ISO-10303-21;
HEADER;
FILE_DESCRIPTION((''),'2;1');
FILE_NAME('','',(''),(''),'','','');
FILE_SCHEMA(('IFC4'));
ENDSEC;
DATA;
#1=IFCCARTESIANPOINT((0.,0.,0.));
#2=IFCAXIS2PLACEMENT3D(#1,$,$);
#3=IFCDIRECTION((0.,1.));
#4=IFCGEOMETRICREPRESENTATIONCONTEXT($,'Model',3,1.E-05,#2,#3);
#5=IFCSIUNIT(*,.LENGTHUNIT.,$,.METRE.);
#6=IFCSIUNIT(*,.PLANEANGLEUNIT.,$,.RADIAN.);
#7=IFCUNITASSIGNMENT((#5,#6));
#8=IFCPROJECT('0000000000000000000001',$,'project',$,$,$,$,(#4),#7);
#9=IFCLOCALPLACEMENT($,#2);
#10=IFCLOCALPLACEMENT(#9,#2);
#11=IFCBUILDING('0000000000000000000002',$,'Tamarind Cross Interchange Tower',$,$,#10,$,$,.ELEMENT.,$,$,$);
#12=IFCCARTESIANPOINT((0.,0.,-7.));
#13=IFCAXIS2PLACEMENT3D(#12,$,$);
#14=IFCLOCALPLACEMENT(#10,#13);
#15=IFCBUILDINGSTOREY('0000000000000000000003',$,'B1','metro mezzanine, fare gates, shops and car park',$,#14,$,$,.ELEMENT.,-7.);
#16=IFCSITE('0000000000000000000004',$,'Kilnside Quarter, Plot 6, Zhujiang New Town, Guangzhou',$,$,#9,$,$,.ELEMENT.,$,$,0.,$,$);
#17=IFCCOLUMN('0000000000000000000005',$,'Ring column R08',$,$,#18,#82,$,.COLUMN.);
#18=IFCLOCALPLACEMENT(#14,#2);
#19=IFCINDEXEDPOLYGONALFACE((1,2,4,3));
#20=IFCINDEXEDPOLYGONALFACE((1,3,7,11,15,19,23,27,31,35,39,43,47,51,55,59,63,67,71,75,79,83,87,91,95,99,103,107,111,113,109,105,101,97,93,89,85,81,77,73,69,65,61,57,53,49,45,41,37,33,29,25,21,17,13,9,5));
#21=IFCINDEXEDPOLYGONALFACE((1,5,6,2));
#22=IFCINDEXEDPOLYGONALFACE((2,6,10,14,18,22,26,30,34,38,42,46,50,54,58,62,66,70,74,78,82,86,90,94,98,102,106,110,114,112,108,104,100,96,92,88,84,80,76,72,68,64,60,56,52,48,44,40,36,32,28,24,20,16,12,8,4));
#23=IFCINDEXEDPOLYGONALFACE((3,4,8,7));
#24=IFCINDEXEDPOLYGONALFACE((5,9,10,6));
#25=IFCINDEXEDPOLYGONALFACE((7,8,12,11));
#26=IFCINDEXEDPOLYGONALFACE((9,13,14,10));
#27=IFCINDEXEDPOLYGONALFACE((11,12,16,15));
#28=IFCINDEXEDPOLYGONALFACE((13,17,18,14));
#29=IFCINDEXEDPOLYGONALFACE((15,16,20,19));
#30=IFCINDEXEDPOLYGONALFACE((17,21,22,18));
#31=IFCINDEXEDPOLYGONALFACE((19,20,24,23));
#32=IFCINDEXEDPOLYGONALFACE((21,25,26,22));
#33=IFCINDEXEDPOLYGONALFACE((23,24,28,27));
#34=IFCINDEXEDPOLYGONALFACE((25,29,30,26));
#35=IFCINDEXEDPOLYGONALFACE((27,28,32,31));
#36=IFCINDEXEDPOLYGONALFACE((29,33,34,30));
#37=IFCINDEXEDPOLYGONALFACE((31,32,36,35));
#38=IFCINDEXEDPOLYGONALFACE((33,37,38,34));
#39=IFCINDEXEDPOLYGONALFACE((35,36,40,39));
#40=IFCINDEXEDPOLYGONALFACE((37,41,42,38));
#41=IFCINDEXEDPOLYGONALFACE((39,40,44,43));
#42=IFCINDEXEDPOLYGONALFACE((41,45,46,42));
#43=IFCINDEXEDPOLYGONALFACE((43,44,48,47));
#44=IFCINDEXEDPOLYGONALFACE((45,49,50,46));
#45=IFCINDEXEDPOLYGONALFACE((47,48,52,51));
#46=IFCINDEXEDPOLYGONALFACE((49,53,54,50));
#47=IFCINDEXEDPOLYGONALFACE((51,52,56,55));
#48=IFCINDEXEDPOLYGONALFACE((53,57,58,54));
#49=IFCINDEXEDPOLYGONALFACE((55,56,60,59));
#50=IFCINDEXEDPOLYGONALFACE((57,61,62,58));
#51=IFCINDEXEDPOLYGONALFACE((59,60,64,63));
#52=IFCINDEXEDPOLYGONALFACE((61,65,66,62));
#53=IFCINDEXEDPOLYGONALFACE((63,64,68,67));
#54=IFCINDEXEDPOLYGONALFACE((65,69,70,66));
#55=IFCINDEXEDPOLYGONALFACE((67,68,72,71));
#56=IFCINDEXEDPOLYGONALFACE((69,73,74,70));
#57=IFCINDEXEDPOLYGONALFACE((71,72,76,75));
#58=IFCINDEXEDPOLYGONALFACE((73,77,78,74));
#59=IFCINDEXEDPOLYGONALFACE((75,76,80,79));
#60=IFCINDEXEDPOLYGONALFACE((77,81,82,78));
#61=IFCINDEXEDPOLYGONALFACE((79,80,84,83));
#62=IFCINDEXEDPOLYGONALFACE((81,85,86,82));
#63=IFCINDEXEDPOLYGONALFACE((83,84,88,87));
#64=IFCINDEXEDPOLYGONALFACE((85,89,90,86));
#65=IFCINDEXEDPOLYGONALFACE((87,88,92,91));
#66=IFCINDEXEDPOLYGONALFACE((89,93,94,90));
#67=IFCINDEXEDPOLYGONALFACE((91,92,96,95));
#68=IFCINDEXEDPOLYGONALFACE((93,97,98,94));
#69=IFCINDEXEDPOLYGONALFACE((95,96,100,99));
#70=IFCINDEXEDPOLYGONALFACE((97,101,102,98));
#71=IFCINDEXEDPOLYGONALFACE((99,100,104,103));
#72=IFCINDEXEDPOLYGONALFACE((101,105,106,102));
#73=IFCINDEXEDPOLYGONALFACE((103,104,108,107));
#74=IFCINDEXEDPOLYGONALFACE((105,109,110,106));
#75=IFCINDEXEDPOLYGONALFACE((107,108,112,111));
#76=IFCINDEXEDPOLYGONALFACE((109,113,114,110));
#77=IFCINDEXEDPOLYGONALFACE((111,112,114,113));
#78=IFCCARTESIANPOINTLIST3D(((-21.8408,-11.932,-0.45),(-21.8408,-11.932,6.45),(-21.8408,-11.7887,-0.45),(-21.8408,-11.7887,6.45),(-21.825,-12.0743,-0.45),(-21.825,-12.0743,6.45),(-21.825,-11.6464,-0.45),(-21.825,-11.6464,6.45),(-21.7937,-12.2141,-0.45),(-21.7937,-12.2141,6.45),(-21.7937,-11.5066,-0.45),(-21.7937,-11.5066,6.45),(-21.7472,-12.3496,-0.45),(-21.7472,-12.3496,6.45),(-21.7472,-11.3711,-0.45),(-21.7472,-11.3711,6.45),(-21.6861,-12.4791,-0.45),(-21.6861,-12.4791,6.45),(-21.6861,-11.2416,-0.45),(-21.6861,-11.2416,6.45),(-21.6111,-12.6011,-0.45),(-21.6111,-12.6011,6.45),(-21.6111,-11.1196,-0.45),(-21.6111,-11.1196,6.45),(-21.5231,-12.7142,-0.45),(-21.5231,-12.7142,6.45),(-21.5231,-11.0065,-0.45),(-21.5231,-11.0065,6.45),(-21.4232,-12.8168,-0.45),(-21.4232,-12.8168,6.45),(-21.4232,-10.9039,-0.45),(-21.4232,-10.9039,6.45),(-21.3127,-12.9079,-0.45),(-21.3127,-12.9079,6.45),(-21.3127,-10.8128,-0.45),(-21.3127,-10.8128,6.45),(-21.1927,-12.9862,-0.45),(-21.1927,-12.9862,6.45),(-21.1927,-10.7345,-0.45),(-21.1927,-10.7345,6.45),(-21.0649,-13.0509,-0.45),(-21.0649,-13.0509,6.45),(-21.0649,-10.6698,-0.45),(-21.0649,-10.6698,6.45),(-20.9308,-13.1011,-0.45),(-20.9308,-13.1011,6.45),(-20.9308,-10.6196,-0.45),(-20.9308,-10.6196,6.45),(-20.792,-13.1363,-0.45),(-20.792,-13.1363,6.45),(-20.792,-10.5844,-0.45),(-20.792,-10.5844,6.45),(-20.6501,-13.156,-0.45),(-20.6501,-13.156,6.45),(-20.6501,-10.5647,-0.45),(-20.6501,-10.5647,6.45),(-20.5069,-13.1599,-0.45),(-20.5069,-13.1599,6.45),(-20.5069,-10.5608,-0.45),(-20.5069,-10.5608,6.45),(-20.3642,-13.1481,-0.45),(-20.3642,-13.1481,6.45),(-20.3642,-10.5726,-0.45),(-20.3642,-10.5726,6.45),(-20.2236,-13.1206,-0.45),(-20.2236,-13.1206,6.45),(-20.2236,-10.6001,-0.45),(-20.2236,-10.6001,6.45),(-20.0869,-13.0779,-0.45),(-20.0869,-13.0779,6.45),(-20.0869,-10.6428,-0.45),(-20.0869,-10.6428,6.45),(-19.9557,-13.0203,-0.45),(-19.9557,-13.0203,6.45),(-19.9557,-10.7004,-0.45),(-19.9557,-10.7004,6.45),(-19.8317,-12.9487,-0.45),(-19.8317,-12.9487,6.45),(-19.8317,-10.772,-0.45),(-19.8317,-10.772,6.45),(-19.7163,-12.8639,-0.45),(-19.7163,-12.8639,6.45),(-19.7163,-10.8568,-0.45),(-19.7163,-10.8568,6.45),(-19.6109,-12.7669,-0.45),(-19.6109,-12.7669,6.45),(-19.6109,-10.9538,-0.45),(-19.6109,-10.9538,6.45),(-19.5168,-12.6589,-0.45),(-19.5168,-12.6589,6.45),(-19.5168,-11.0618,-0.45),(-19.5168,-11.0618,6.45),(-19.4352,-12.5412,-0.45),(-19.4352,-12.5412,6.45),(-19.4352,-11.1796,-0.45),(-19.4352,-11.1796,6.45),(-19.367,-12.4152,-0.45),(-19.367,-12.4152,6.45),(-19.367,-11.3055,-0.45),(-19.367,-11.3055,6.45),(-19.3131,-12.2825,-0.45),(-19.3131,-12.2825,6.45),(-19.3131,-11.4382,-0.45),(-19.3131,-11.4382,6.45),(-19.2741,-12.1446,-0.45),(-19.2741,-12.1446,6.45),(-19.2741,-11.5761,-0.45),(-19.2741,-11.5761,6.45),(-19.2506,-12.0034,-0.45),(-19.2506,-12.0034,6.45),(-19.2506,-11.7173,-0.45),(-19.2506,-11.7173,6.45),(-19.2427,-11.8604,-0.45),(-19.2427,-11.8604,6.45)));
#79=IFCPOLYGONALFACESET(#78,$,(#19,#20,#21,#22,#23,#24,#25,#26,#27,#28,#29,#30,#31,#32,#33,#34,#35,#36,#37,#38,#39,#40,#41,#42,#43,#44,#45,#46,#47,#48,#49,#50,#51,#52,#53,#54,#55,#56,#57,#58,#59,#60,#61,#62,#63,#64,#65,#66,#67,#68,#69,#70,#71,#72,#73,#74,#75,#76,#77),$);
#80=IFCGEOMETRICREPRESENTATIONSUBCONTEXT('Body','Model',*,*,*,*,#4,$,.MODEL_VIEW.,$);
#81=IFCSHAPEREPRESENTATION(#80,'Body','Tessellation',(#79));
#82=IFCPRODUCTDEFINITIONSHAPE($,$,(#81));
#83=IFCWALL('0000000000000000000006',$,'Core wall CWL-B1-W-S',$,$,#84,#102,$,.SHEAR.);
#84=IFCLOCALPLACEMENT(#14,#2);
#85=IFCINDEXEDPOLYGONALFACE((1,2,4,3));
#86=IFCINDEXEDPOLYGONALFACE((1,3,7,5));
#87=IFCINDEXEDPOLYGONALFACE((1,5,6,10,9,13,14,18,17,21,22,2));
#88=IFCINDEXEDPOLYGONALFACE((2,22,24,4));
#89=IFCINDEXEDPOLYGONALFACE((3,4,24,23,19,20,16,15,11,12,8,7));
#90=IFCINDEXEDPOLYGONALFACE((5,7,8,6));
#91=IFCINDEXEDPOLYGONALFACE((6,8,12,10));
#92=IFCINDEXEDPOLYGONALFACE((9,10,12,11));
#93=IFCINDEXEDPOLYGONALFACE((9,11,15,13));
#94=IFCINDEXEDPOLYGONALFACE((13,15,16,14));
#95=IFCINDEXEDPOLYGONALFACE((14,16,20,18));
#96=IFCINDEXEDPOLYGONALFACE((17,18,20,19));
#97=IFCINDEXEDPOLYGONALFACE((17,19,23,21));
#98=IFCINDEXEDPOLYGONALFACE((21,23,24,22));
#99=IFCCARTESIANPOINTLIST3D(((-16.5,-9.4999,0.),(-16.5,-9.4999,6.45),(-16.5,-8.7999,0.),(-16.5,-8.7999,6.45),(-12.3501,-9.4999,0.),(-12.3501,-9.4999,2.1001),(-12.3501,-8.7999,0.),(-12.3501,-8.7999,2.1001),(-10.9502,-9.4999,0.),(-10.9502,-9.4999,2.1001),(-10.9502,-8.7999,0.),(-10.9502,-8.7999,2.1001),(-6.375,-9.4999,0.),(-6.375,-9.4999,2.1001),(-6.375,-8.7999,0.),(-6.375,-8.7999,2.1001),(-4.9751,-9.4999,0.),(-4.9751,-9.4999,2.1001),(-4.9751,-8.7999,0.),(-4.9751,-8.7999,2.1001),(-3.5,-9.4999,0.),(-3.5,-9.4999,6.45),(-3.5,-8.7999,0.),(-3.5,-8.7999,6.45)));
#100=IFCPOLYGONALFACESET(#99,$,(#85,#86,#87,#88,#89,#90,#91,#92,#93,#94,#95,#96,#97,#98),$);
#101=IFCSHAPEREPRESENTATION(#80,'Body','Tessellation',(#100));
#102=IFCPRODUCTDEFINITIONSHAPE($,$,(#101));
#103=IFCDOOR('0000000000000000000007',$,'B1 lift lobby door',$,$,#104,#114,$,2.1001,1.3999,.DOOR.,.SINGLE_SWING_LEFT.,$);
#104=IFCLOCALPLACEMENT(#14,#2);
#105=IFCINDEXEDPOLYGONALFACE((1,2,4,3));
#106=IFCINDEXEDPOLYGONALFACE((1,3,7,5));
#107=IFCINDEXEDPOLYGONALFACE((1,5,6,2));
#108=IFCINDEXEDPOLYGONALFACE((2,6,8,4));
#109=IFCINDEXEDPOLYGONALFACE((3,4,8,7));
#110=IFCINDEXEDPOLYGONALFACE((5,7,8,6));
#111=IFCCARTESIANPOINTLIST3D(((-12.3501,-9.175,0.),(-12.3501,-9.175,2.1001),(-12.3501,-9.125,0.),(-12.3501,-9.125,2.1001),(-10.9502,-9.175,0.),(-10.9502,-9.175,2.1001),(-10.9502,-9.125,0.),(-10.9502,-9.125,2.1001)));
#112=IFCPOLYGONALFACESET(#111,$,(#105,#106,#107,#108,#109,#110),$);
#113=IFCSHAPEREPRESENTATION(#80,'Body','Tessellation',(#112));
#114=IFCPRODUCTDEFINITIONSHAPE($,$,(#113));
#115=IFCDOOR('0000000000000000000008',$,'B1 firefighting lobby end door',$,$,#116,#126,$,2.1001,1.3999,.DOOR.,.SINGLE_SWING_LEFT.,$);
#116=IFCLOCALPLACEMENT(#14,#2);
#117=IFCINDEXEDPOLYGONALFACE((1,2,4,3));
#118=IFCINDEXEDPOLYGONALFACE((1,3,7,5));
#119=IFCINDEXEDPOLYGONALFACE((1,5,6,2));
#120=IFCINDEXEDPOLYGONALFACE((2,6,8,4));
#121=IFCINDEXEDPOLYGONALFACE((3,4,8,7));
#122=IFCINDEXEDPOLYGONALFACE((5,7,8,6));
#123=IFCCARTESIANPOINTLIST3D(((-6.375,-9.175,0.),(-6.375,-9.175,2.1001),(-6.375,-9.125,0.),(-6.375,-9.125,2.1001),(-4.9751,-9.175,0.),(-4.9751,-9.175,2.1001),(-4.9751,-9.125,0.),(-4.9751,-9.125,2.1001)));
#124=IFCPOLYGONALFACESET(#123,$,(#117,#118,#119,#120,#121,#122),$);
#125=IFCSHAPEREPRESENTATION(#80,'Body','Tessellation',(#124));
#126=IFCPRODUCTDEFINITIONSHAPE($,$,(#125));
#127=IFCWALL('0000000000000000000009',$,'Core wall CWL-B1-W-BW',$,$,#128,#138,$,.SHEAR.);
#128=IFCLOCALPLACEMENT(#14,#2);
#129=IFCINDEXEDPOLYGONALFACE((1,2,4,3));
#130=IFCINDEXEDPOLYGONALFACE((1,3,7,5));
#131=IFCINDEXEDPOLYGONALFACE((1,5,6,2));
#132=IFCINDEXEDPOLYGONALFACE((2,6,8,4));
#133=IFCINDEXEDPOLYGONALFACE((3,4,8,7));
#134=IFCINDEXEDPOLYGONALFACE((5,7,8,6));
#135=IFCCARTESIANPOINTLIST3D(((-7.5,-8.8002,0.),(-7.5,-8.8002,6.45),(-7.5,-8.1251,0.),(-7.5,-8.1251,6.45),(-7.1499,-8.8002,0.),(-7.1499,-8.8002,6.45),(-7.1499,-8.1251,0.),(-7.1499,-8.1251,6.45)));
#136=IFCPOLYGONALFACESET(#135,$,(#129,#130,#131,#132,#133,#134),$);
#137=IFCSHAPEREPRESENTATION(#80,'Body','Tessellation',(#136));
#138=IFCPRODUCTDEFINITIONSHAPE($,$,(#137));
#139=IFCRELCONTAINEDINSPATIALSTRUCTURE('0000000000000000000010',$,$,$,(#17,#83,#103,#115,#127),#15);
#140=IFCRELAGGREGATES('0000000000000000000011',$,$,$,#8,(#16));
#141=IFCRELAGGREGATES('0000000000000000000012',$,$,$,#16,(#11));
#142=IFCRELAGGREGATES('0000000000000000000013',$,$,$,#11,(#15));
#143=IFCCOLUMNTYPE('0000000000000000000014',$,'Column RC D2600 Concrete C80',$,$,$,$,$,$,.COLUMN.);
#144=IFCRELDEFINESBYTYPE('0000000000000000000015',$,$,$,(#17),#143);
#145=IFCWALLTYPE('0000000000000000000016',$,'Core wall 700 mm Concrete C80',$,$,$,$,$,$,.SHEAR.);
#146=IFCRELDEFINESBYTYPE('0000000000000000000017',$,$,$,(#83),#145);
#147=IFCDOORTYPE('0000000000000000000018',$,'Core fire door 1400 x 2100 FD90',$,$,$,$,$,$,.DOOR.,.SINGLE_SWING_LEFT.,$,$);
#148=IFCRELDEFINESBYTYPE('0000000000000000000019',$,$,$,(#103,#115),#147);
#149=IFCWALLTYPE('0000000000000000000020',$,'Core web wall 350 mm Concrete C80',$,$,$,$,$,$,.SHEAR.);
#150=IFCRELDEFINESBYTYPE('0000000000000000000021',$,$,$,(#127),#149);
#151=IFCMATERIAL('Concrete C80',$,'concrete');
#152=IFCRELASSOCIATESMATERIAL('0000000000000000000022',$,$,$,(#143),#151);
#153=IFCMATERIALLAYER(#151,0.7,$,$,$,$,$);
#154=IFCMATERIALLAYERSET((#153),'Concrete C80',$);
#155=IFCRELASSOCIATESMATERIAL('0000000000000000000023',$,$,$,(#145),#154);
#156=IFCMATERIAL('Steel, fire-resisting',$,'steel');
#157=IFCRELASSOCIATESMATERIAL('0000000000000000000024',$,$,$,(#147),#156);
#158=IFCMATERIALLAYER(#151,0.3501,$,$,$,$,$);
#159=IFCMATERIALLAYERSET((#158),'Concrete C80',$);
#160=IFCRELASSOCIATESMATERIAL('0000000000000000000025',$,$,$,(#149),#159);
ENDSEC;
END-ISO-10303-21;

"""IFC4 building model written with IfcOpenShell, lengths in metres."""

from ifc_helpers import new_model, si_unit, direction, frame, frame_2d, origin, origin_2d, place, context, subcontext, project, spatial, rectangle, circle, extrude, material, layer, layer_set, material_profile, profile_set, type_object, element, fill, save


model = new_model("IFC4")

# Units and contexts
model_context = context("Model", 3, precision=1e-05, world=origin(), true_north=direction((0.0, 1.0)))
body_context = subcontext(model_context, "Body", "Model", "MODEL_VIEW")
ifc_project = project(units=[si_unit("LENGTHUNIT", "METRE"), si_unit("PLANEANGLEUNIT", "RADIAN")], contexts=[model_context])

# Site, building, storey
site_placement = place(None, origin())
site = spatial("IfcSite", under=ifc_project, at=site_placement, Name="Kilnside Quarter, Plot 6, Zhujiang New Town, Guangzhou", CompositionType="ELEMENT", RefElevation=0.0)
building_placement = place(site_placement, origin())
building = spatial("IfcBuilding", under=site, at=building_placement, Name="Tamarind Cross Interchange Tower", CompositionType="ELEMENT")
storey_placement = place(building_placement, frame((0.0, 0.0, -7.0)))
storey = spatial("IfcBuildingStorey", under=building, at=storey_placement, Name="B1", Description="metro mezzanine, fare gates, shops and car park", CompositionType="ELEMENT", Elevation=-7.0)

# Column
ifc_material_1 = material(Name="Concrete C80", Category="concrete")
ifc_material_profile = material_profile(ifc_material_1, circle(Radius=1.3, at=origin_2d()), Name="RC D2600")
ifc_profile_set = profile_set([ifc_material_profile], Name="Concrete C80")
column_type = type_object("IfcColumnType", Name="Column RC D2600 Concrete C80", PredefinedType="COLUMN", material=ifc_profile_set)
column_placement = place(storey_placement, frame((-20.5427, -11.8604, -0.45), z_axis=(0.0, 0.0, 1.0), x_axis=(1.0, 0.0, 0.0)))
element("IfcColumn", 1, at=column_placement, inside=storey, type_object=column_type, Name="Ring column R08", PredefinedType="COLUMN", context=body_context, shape_type="SweptSolid", body=[
    extrude(circle(Radius=1.3, at=origin_2d()), origin(), (0.0, 0.0, 1.0), 6.8999),
])

# Wall, openings, doors
ifc_layer_1 = layer(ifc_material_1, 0.7)
ifc_layer_set_1 = layer_set([ifc_layer_1], Name="Concrete C80")
wall_type_1 = type_object("IfcWallType", Name="Core wall 700 mm Concrete C80", PredefinedType="SHEAR", material=ifc_layer_set_1)
wall_1_placement = place(storey_placement, frame((-16.5, -9.1499, 0.0), z_axis=(0.0, 0.0, 1.0), x_axis=(1.0, 0.0, 0.0)))
wall_1 = element("IfcWall", 2, at=wall_1_placement, inside=storey, type_object=wall_type_1, Name="Core wall CWL-B1-W-S", PredefinedType="SHEAR", context=body_context, shape_type="SweptSolid", body=[
    extrude(rectangle(XDim=13.0, YDim=0.7, at=frame_2d((6.5, 0.0))), origin(), (0.0, 0.0, 1.0), 6.45),
])
opening_1_placement = place(wall_1_placement, frame((4.1499, 0.0, 0.0)))
opening_1 = element("IfcOpeningElement", 3, at=opening_1_placement, cuts=wall_1, PredefinedType="OPENING", context=body_context, shape_type="SweptSolid", body=[
    extrude(rectangle(XDim=1.3999, YDim=2.1001, at=frame_2d((0.7, 1.05))), frame((0.0, 0.3599, 0.0), z_axis=(0.0, -1.0, 0.0), x_axis=(1.0, 0.0, 0.0)), (0.0, 0.0, 1.0), 0.72),
])
opening_2_placement = place(wall_1_placement, frame((10.125, 0.0, 0.0)))
opening_2 = element("IfcOpeningElement", 4, at=opening_2_placement, cuts=wall_1, PredefinedType="OPENING", context=body_context, shape_type="SweptSolid", body=[
    extrude(rectangle(XDim=1.3999, YDim=2.1001, at=frame_2d((0.7, 1.05))), frame((0.0, 0.3599, 0.0), z_axis=(0.0, -1.0, 0.0), x_axis=(1.0, 0.0, 0.0)), (0.0, 0.0, 1.0), 0.72),
])
ifc_material_2 = material(Name="Steel, fire-resisting", Category="steel")
door_type_1 = type_object("IfcDoorType", Name="Core fire door 1400 x 2100 FD90", OperationType="SINGLE_SWING_LEFT", PredefinedType="DOOR", material=ifc_material_2)
door_1_placement = place(opening_1_placement, origin())
door_1 = element("IfcDoor", 5, at=door_1_placement, inside=storey, type_object=door_type_1, Name="B1 lift lobby door", OperationType="SINGLE_SWING_LEFT", OverallHeight=2.1001, OverallWidth=1.3999, PredefinedType="DOOR", context=body_context, shape_type="SweptSolid", body=[
    extrude(rectangle(XDim=1.3999, YDim=2.1001, at=frame_2d((0.7, 1.05))), frame((0.0, 0.0249, 0.0), z_axis=(0.0, -1.0, 0.0), x_axis=(1.0, 0.0, 0.0)), (0.0, 0.0, 1.0), 0.05),
])
fill(opening_1, door_1)
door_2_placement = place(opening_2_placement, origin())
door_2 = element("IfcDoor", 6, at=door_2_placement, inside=storey, type_object=door_type_1, Name="B1 firefighting lobby end door", OperationType="SINGLE_SWING_LEFT", OverallHeight=2.1001, OverallWidth=1.3999, PredefinedType="DOOR", context=body_context, shape_type="SweptSolid", body=[
    extrude(rectangle(XDim=1.3999, YDim=2.1001, at=frame_2d((0.7, 1.05))), frame((0.0, 0.0249, 0.0), z_axis=(0.0, -1.0, 0.0), x_axis=(1.0, 0.0, 0.0)), (0.0, 0.0, 1.0), 0.05),
])
fill(opening_2, door_2)

# Wall
ifc_layer_2 = layer(ifc_material_1, 0.3501)
ifc_layer_set_2 = layer_set([ifc_layer_2], Name="Concrete C80")
wall_type_2 = type_object("IfcWallType", Name="Core web wall 350 mm Concrete C80", PredefinedType="SHEAR", material=ifc_layer_set_2)
wall_2_placement = place(storey_placement, frame((-7.325, -8.8, 0.0), z_axis=(0.0, 0.0, 1.0), x_axis=(0.0, 1.0, 0.0)))
element("IfcWall", 7, at=wall_2_placement, inside=storey, type_object=wall_type_2, Name="Core wall CWL-B1-W-BW", PredefinedType="SHEAR", context=body_context, shape_type="SweptSolid", body=[
    extrude(rectangle(XDim=0.675, YDim=0.3501, at=frame_2d((0.3374, 0.0))), origin(), (0.0, 0.0, 1.0), 6.45),
])

save(model, "model.ifc")
